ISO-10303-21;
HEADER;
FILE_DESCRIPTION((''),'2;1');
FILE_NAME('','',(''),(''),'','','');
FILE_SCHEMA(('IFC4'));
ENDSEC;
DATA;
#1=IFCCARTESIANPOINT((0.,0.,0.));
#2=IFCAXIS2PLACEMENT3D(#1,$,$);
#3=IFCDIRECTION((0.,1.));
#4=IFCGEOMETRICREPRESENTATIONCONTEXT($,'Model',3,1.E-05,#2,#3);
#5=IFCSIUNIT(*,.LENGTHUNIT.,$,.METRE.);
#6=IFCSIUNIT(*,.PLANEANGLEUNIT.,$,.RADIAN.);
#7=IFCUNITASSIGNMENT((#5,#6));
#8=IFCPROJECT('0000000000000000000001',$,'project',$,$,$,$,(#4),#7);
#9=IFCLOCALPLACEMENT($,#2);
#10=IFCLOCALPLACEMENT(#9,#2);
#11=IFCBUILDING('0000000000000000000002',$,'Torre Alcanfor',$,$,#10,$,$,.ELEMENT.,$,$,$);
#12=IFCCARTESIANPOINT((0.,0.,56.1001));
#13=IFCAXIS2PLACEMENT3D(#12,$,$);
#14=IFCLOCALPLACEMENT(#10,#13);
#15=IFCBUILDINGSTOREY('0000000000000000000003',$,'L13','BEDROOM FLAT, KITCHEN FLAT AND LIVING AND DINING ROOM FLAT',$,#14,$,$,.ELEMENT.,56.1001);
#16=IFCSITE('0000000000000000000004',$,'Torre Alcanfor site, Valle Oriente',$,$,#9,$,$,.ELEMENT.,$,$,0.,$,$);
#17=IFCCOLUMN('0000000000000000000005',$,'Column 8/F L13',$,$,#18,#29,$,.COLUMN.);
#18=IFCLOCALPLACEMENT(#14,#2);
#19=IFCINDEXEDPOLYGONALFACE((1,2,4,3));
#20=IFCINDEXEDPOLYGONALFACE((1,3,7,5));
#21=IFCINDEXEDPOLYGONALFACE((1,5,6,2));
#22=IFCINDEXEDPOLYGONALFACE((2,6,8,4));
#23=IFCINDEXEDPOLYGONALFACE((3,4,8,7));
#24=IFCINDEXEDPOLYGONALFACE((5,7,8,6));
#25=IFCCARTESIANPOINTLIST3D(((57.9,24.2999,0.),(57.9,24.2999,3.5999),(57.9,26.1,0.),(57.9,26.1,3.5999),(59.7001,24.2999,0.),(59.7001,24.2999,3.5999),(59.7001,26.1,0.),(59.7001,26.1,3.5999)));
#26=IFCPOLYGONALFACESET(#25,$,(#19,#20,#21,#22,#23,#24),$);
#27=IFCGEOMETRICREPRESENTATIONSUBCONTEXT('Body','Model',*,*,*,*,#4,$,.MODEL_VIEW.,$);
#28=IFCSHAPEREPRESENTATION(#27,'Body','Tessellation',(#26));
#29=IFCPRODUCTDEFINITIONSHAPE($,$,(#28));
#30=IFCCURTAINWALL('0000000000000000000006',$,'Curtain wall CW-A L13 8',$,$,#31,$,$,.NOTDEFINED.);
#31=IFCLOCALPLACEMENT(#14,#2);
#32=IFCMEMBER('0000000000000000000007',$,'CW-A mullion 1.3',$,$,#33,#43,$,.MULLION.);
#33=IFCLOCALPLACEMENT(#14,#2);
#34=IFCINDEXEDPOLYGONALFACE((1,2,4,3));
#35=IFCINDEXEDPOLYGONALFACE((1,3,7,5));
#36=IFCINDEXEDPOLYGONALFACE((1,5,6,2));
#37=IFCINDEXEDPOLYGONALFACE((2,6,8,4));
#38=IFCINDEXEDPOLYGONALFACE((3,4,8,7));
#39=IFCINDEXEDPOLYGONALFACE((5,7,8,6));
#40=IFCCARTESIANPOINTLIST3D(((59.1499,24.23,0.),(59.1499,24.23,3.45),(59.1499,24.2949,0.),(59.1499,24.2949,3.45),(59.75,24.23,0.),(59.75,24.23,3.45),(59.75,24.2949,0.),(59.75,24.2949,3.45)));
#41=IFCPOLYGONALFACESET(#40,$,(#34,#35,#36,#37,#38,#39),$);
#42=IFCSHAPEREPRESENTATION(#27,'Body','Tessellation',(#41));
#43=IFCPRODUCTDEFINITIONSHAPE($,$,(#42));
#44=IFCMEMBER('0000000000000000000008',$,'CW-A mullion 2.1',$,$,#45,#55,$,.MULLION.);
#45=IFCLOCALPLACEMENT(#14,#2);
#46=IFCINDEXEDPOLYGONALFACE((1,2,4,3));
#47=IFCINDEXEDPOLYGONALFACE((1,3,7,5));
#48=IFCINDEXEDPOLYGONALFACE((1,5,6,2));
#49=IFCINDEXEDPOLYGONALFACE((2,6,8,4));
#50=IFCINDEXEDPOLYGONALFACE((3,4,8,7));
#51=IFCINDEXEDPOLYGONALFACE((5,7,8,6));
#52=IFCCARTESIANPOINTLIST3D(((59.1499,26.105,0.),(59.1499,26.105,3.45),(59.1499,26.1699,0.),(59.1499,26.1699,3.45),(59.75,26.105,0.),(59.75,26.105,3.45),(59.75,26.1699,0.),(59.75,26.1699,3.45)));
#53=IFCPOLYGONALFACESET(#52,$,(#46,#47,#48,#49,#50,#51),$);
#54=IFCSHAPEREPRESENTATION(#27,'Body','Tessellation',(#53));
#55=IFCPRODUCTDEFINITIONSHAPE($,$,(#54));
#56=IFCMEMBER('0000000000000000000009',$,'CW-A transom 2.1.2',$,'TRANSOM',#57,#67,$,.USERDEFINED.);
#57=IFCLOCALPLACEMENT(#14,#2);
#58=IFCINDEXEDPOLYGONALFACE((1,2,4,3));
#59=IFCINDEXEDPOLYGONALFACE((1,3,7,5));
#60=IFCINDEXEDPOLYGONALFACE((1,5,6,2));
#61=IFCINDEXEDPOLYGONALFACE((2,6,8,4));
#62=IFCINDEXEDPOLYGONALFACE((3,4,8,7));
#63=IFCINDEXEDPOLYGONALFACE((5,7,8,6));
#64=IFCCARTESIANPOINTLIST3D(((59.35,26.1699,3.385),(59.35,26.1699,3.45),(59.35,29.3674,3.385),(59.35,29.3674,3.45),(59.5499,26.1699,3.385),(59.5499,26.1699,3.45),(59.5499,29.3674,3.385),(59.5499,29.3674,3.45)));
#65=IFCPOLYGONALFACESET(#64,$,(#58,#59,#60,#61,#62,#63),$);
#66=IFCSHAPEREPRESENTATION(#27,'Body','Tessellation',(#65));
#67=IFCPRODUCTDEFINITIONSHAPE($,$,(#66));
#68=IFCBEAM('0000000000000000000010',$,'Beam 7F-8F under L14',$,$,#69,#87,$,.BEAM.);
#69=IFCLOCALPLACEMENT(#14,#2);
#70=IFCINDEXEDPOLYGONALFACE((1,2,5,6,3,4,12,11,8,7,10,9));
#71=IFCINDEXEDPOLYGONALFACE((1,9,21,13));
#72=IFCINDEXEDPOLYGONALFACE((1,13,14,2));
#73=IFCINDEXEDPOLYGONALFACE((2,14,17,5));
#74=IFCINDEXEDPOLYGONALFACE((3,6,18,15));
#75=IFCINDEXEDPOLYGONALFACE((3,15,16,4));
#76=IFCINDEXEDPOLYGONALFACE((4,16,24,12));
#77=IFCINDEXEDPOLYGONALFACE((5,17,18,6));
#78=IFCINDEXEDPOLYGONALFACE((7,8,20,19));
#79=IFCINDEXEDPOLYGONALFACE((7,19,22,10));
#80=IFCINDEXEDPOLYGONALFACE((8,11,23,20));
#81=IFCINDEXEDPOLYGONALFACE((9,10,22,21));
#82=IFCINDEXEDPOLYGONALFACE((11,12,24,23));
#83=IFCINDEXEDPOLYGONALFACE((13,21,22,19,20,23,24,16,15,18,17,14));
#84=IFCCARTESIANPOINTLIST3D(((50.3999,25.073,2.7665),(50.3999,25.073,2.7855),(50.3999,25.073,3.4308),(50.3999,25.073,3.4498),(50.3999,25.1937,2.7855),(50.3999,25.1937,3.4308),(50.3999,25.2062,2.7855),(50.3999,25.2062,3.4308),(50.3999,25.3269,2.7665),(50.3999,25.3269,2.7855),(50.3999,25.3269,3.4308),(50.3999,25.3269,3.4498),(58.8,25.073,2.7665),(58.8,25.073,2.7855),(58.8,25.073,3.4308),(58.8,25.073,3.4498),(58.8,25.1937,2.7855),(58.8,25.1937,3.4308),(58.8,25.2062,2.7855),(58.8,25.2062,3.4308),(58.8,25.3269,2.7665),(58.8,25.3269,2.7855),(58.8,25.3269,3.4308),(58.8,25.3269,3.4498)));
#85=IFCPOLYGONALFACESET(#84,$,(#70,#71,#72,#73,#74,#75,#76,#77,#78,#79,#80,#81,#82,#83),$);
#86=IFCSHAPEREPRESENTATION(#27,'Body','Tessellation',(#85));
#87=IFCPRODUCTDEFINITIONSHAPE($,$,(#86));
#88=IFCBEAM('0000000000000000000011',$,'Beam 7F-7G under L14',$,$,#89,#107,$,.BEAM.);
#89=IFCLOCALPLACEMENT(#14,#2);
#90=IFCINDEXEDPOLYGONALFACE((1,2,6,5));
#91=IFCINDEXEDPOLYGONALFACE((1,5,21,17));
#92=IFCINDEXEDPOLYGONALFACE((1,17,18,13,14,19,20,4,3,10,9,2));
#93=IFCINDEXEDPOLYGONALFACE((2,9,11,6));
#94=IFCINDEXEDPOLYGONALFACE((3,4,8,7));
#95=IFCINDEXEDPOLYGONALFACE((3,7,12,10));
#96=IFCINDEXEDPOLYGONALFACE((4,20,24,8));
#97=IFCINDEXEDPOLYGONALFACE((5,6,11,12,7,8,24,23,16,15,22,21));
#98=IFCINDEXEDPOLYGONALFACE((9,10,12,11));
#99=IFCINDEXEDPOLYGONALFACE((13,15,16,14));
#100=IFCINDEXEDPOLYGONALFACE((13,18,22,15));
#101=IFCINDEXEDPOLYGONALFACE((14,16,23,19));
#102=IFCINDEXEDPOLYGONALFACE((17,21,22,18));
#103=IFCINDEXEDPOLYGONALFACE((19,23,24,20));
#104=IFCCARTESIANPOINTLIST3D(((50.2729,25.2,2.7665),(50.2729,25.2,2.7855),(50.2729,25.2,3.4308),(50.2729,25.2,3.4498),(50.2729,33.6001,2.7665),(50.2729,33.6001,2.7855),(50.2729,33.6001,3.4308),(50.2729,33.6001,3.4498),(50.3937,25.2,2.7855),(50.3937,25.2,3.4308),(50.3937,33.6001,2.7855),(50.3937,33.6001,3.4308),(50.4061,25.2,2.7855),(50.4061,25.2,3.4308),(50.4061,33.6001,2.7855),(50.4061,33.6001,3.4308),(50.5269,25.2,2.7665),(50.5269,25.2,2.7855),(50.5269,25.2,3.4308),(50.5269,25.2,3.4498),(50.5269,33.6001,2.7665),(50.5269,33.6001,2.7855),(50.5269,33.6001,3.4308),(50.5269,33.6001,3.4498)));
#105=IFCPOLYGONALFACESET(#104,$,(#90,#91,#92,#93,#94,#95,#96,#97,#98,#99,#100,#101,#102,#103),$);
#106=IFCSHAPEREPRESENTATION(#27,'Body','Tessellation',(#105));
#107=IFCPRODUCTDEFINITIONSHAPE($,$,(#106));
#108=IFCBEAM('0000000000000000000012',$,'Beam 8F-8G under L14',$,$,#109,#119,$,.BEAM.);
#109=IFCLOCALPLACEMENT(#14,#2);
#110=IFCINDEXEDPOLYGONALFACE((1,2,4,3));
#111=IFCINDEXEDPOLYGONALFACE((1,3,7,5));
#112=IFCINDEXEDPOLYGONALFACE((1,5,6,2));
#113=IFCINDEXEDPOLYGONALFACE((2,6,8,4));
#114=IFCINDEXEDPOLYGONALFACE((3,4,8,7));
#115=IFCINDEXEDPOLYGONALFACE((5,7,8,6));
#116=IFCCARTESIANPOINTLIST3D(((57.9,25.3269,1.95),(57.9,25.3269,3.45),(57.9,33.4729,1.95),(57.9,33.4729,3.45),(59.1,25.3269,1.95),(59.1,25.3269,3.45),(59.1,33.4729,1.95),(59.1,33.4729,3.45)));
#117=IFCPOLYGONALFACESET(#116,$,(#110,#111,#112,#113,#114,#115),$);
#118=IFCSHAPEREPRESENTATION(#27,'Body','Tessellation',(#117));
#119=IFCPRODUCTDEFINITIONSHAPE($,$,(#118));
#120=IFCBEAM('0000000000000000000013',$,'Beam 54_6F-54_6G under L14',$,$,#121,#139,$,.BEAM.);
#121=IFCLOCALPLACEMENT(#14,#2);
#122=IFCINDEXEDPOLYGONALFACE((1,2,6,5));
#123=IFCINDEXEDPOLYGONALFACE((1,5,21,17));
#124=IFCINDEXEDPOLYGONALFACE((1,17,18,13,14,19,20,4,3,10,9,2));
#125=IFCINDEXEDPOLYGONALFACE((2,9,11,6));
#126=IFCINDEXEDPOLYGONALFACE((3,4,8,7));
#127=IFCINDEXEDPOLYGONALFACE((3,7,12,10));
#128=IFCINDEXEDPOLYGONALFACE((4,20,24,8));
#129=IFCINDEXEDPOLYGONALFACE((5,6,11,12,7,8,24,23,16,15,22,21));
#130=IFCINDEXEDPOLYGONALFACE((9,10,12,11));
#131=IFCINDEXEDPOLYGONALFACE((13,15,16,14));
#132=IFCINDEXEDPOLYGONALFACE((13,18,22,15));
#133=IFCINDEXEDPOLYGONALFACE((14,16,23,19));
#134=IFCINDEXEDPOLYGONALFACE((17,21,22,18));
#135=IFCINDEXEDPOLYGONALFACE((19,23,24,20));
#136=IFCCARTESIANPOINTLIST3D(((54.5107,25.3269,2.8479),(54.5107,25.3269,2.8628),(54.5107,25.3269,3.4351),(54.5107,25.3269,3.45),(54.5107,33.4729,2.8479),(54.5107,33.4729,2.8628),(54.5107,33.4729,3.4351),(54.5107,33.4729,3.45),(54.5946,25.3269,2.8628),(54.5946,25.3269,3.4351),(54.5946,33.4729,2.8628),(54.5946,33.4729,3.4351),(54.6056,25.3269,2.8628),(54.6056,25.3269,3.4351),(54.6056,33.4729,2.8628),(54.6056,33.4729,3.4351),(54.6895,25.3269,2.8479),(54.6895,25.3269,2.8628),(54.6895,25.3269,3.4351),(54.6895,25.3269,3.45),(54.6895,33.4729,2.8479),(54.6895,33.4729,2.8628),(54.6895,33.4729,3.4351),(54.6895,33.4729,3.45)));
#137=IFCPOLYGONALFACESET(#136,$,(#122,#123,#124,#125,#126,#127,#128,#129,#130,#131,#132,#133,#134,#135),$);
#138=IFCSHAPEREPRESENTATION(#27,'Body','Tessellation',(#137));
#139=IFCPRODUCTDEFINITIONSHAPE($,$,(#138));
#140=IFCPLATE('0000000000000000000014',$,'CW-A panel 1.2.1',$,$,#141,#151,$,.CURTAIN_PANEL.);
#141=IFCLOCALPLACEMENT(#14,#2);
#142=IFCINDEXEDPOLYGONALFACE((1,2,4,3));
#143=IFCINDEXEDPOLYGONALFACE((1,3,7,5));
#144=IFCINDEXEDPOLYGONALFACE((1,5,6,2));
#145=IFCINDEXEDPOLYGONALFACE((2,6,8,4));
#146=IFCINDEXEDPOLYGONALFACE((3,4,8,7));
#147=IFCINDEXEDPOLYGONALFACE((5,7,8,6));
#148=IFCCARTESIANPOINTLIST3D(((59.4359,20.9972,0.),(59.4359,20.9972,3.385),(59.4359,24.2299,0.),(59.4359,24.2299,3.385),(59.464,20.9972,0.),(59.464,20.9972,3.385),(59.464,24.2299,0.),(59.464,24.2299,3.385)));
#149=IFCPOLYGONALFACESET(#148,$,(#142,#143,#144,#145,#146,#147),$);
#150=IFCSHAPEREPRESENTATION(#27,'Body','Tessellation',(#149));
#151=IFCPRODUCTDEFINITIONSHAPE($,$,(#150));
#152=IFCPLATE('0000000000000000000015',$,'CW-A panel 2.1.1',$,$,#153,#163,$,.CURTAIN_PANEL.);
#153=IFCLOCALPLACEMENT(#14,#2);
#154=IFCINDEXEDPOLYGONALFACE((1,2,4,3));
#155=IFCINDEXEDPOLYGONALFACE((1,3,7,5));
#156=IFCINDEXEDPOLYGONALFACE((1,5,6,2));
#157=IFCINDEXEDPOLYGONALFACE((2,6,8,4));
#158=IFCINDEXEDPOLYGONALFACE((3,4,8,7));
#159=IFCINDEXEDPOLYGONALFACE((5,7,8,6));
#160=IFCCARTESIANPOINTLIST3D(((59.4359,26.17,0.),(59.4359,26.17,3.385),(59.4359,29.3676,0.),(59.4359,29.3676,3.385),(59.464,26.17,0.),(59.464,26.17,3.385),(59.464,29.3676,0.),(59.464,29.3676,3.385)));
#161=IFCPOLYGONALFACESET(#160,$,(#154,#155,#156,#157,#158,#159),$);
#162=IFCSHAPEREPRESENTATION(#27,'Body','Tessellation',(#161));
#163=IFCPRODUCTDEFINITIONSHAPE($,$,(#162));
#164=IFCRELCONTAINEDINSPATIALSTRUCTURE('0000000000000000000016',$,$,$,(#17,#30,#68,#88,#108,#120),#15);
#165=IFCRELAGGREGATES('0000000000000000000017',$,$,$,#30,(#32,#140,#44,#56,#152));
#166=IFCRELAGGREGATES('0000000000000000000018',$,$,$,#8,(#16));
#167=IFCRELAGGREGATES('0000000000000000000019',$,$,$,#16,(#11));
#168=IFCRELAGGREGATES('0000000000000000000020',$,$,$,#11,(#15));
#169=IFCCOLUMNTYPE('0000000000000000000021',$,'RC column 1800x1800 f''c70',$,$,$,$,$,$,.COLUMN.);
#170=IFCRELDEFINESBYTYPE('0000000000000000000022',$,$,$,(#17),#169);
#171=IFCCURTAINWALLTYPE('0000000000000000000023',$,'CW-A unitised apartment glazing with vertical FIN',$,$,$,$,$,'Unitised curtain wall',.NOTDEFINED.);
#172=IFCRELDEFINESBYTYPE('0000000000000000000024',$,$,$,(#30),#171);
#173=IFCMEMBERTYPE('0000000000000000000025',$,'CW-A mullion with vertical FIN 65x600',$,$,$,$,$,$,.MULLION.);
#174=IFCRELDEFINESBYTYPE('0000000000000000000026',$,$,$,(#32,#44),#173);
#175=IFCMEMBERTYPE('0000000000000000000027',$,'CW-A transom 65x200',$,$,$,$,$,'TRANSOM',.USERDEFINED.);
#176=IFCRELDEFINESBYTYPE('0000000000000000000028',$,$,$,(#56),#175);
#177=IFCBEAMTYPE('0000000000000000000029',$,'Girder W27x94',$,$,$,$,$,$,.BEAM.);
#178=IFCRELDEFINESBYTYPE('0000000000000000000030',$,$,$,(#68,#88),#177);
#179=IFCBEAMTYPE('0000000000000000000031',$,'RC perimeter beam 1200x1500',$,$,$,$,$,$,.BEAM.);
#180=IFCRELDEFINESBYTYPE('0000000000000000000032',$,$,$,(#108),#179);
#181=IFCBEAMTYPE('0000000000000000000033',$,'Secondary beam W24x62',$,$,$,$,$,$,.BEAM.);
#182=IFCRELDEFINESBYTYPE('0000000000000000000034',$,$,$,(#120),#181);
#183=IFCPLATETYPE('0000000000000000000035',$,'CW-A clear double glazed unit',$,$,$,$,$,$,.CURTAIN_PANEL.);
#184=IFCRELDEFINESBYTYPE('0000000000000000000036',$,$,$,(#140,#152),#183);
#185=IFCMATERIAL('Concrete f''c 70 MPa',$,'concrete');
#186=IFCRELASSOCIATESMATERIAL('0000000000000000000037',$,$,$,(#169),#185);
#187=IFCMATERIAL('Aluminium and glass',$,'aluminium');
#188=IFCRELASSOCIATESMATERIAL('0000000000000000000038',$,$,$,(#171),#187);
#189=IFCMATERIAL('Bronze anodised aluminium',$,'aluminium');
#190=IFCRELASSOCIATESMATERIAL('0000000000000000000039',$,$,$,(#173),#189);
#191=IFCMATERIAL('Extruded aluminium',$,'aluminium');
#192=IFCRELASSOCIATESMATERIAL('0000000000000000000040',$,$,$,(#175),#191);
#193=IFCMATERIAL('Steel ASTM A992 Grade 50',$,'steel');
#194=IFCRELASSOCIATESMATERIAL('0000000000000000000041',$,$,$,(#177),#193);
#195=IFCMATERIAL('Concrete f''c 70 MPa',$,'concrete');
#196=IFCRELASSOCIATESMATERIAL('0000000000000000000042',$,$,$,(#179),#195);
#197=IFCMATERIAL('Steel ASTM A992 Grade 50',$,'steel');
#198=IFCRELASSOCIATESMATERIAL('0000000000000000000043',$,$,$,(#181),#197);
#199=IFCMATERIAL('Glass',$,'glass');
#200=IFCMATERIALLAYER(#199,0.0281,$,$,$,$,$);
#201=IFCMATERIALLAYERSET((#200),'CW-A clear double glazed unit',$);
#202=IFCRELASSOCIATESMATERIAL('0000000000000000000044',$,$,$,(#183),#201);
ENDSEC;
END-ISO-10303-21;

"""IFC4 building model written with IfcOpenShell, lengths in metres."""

from ifc_helpers import new_model, si_unit, direction, frame, origin, origin_2d, place, context, subcontext, project, spatial, rectangle, i_section, extrude, material, layer, layer_set, material_profile, profile_set, type_object, element, aggregate, save


model = new_model("IFC4")

# Units and contexts
model_context = context("Model", 3, precision=1e-05, world=origin(), true_north=direction((0.0, 1.0)))
body_context = subcontext(model_context, "Body", "Model", "MODEL_VIEW")
ifc_project = project(units=[si_unit("LENGTHUNIT", "METRE"), si_unit("PLANEANGLEUNIT", "RADIAN")], contexts=[model_context])

# Site, building, storey
site_placement = place(None, origin())
site = spatial("IfcSite", under=ifc_project, at=site_placement, Name="Torre Alcanfor site, Valle Oriente", CompositionType="ELEMENT", RefElevation=0.0)
building_placement = place(site_placement, origin())
building = spatial("IfcBuilding", under=site, at=building_placement, Name="Torre Alcanfor", CompositionType="ELEMENT")
storey_placement = place(building_placement, frame((0.0, 0.0, 56.1001)))
storey = spatial("IfcBuildingStorey", under=building, at=storey_placement, Name="L13", Description="BEDROOM FLAT, KITCHEN FLAT AND LIVING AND DINING ROOM FLAT", CompositionType="ELEMENT", Elevation=56.1001)

# Column
ifc_material_1 = material(Name="Concrete f'c 70 MPa", Category="concrete")
ifc_material_profile_1 = material_profile(ifc_material_1, rectangle(XDim=1.8, YDim=1.8, at=origin_2d()), Name="1800x1800")
ifc_profile_set_1 = profile_set([ifc_material_profile_1], Name="Concrete f'c 70 MPa")
column_type = type_object("IfcColumnType", Name="RC column 1800x1800 f'c70", PredefinedType="COLUMN", material=ifc_profile_set_1)
column_placement = place(storey_placement, frame((58.8, 25.2, 0.0), z_axis=(0.0, 0.0, 1.0), x_axis=(1.0, 0.0, 0.0)))
element("IfcColumn", 1, at=column_placement, inside=storey, type_object=column_type, Name="Column 8/F L13", PredefinedType="COLUMN", context=body_context, shape_type="SweptSolid", body=[
    extrude(rectangle(XDim=1.8, YDim=1.8, at=origin_2d()), origin(), (0.0, 0.0, 1.0), 3.5999),
])

# Curtain wall, members
ifc_material_2 = material(Name="Aluminium and glass", Category="aluminium")
curtain_wall_type = type_object("IfcCurtainWallType", Name="CW-A unitised apartment glazing with vertical FIN", ElementType="Unitised curtain wall", PredefinedType="NOTDEFINED", material=ifc_material_2)
curtain_wall_placement = place(storey_placement, origin())
curtain_wall = element("IfcCurtainWall", 2, at=curtain_wall_placement, inside=storey, type_object=curtain_wall_type, Name="Curtain wall CW-A L13 8", PredefinedType="NOTDEFINED")
ifc_material_3 = material(Name="Bronze anodised aluminium", Category="aluminium")
ifc_material_profile_2 = material_profile(ifc_material_3, rectangle(XDim=0.6001, YDim=0.0649, at=origin_2d()), Name="CW-A mullion 65x600")
ifc_profile_set_2 = profile_set([ifc_material_profile_2], Name="Bronze anodised aluminium")
member_type_1 = type_object("IfcMemberType", Name="CW-A mullion with vertical FIN 65x600", PredefinedType="MULLION", material=ifc_profile_set_2)
member_1_placement = place(storey_placement, frame((59.45, 24.2625, 0.0), z_axis=(0.0, 0.0, 1.0), x_axis=(-1.0, 0.0, 0.0)))
member_1 = element("IfcMember", 3, at=member_1_placement, type_object=member_type_1, Name="CW-A mullion 1.3", PredefinedType="MULLION", context=body_context, shape_type="SweptSolid", body=[
    extrude(rectangle(XDim=0.6001, YDim=0.0649, at=origin_2d()), origin(), (0.0, 0.0, 1.0), 3.45),
])
member_2_placement = place(storey_placement, frame((59.45, 26.1375, 0.0), z_axis=(0.0, 0.0, 1.0), x_axis=(-1.0, 0.0, 0.0)))
member_2 = element("IfcMember", 4, at=member_2_placement, type_object=member_type_1, Name="CW-A mullion 2.1", PredefinedType="MULLION", context=body_context, shape_type="SweptSolid", body=[
    extrude(rectangle(XDim=0.6001, YDim=0.0649, at=origin_2d()), origin(), (0.0, 0.0, 1.0), 3.45),
])
ifc_material_4 = material(Name="Extruded aluminium", Category="aluminium")
ifc_material_profile_3 = material_profile(ifc_material_4, rectangle(XDim=0.2, YDim=0.0649, at=origin_2d()), Name="CW-A transom 200x65")
ifc_profile_set_3 = profile_set([ifc_material_profile_3], Name="Extruded aluminium")
member_type_2 = type_object("IfcMemberType", Name="CW-A transom 65x200", ElementType="TRANSOM", PredefinedType="USERDEFINED", material=ifc_profile_set_3)
member_3_placement = place(storey_placement, frame((59.45, 26.1699, 3.4175), z_axis=(0.0, 1.0, 0.0), x_axis=(-1.0, 0.0, 0.0)))
member_3 = element("IfcMember", 5, at=member_3_placement, type_object=member_type_2, Name="CW-A transom 2.1.2", ObjectType="TRANSOM", PredefinedType="USERDEFINED", context=body_context, shape_type="SweptSolid", body=[
    extrude(rectangle(XDim=0.2, YDim=0.0649, at=origin_2d()), origin(), (0.0, 0.0, 1.0), 3.1975),
])

# Beams
ifc_material_5 = material(Name="Steel ASTM A992 Grade 50", Category="steel")
ifc_material_profile_4 = material_profile(ifc_material_5, i_section(OverallWidth=0.2539, OverallDepth=0.6833, WebThickness=0.0125, FlangeThickness=0.019, at=origin_2d()), Name="W27x94")
ifc_profile_set_4 = profile_set([ifc_material_profile_4], Name="Steel ASTM A992 Grade 50")
beam_type_1 = type_object("IfcBeamType", Name="Girder W27x94", PredefinedType="BEAM", material=ifc_profile_set_4)
for number, where, z_axis, x_axis, name in (
    (6, (50.3999, 25.2, 3.1082), (1.0, 0.0, 0.0), (0.0, 1.0, 0.0), "Beam 7F-8F under L14"),
    (7, (50.3999, 25.2, 3.1082), (0.0, 1.0, 0.0), (-1.0, 0.0, 0.0), "Beam 7F-7G under L14"),
):
    element("IfcBeam", number, at=place(storey_placement, frame(where, z_axis=z_axis, x_axis=x_axis)), inside=storey, type_object=beam_type_1, Name=name, PredefinedType="BEAM", context=body_context, shape_type="SweptSolid", body=[
        extrude(i_section(OverallWidth=0.2539, OverallDepth=0.6833, WebThickness=0.0125, FlangeThickness=0.019, at=origin_2d()), origin(), (0.0, 0.0, 1.0), 8.4001),
    ])
ifc_material_6 = material(Name="Concrete f'c 70 MPa", Category="concrete")
ifc_material_profile_5 = material_profile(ifc_material_6, rectangle(XDim=1.2, YDim=1.5, at=origin_2d()), Name="1200x1500")
ifc_profile_set_5 = profile_set([ifc_material_profile_5], Name="Concrete f'c 70 MPa")
beam_type_2 = type_object("IfcBeamType", Name="RC perimeter beam 1200x1500", PredefinedType="BEAM", material=ifc_profile_set_5)
beam_1_placement = place(storey_placement, frame((58.5, 25.3269, 2.7), z_axis=(0.0, 1.0, 0.0), x_axis=(-1.0, 0.0, 0.0)))
element("IfcBeam", 8, at=beam_1_placement, inside=storey, type_object=beam_type_2, Name="Beam 8F-8G under L14", PredefinedType="BEAM", context=body_context, shape_type="SweptSolid", body=[
    extrude(rectangle(XDim=1.2, YDim=1.5, at=origin_2d()), origin(), (0.0, 0.0, 1.0), 8.146),
])
ifc_material_7 = material(Name="Steel ASTM A992 Grade 50", Category="steel")
ifc_material_profile_6 = material_profile(ifc_material_7, i_section(OverallWidth=0.1787, OverallDepth=0.6021, WebThickness=0.011, FlangeThickness=0.0149, at=origin_2d()), Name="W24x62")
ifc_profile_set_6 = profile_set([ifc_material_profile_6], Name="Steel ASTM A992 Grade 50")
beam_type_3 = type_object("IfcBeamType", Name="Secondary beam W24x62", PredefinedType="BEAM", material=ifc_profile_set_6)
beam_2_placement = place(storey_placement, frame((54.6001, 25.3269, 3.1489), z_axis=(0.0, 1.0, 0.0), x_axis=(-1.0, 0.0, 0.0)))
element("IfcBeam", 9, at=beam_2_placement, inside=storey, type_object=beam_type_3, Name="Beam 54_6F-54_6G under L14", PredefinedType="BEAM", context=body_context, shape_type="SweptSolid", body=[
    extrude(i_section(OverallWidth=0.1787, OverallDepth=0.6021, WebThickness=0.011, FlangeThickness=0.0149, at=origin_2d()), origin(), (0.0, 0.0, 1.0), 8.146),
])

# Plates
ifc_material_8 = material(Name="Glass", Category="glass")
ifc_layer_1 = layer(ifc_material_8, 0.0281)
ifc_layer_set_1 = layer_set([ifc_layer_1], Name="CW-A clear double glazed unit")
plate_type = type_object("IfcPlateType", Name="CW-A clear double glazed unit", PredefinedType="CURTAIN_PANEL", material=ifc_layer_set_1)
plate_1_placement = place(storey_placement, frame((59.45, 22.6135, 0.0), z_axis=(0.0, 0.0, 1.0), x_axis=(0.0, 1.0, 0.0)))
plate_1 = element("IfcPlate", 10, at=plate_1_placement, type_object=plate_type, Name="CW-A panel 1.2.1", PredefinedType="CURTAIN_PANEL", context=body_context, shape_type="SweptSolid", body=[
    extrude(rectangle(XDim=3.2327, YDim=0.0281, at=origin_2d()), origin(), (0.0, 0.0, 1.0), 3.385),
])
plate_2_placement = place(storey_placement, frame((59.45, 27.7688, 0.0), z_axis=(0.0, 0.0, 1.0), x_axis=(0.0, 1.0, 0.0)))
plate_2 = element("IfcPlate", 11, at=plate_2_placement, type_object=plate_type, Name="CW-A panel 2.1.1", PredefinedType="CURTAIN_PANEL", context=body_context, shape_type="SweptSolid", body=[
    extrude(rectangle(XDim=3.1975, YDim=0.0281, at=origin_2d()), origin(), (0.0, 0.0, 1.0), 3.385),
])
aggregate(curtain_wall, [member_1, plate_1, member_2, member_3, plate_2])

save(model, "model.ifc")
